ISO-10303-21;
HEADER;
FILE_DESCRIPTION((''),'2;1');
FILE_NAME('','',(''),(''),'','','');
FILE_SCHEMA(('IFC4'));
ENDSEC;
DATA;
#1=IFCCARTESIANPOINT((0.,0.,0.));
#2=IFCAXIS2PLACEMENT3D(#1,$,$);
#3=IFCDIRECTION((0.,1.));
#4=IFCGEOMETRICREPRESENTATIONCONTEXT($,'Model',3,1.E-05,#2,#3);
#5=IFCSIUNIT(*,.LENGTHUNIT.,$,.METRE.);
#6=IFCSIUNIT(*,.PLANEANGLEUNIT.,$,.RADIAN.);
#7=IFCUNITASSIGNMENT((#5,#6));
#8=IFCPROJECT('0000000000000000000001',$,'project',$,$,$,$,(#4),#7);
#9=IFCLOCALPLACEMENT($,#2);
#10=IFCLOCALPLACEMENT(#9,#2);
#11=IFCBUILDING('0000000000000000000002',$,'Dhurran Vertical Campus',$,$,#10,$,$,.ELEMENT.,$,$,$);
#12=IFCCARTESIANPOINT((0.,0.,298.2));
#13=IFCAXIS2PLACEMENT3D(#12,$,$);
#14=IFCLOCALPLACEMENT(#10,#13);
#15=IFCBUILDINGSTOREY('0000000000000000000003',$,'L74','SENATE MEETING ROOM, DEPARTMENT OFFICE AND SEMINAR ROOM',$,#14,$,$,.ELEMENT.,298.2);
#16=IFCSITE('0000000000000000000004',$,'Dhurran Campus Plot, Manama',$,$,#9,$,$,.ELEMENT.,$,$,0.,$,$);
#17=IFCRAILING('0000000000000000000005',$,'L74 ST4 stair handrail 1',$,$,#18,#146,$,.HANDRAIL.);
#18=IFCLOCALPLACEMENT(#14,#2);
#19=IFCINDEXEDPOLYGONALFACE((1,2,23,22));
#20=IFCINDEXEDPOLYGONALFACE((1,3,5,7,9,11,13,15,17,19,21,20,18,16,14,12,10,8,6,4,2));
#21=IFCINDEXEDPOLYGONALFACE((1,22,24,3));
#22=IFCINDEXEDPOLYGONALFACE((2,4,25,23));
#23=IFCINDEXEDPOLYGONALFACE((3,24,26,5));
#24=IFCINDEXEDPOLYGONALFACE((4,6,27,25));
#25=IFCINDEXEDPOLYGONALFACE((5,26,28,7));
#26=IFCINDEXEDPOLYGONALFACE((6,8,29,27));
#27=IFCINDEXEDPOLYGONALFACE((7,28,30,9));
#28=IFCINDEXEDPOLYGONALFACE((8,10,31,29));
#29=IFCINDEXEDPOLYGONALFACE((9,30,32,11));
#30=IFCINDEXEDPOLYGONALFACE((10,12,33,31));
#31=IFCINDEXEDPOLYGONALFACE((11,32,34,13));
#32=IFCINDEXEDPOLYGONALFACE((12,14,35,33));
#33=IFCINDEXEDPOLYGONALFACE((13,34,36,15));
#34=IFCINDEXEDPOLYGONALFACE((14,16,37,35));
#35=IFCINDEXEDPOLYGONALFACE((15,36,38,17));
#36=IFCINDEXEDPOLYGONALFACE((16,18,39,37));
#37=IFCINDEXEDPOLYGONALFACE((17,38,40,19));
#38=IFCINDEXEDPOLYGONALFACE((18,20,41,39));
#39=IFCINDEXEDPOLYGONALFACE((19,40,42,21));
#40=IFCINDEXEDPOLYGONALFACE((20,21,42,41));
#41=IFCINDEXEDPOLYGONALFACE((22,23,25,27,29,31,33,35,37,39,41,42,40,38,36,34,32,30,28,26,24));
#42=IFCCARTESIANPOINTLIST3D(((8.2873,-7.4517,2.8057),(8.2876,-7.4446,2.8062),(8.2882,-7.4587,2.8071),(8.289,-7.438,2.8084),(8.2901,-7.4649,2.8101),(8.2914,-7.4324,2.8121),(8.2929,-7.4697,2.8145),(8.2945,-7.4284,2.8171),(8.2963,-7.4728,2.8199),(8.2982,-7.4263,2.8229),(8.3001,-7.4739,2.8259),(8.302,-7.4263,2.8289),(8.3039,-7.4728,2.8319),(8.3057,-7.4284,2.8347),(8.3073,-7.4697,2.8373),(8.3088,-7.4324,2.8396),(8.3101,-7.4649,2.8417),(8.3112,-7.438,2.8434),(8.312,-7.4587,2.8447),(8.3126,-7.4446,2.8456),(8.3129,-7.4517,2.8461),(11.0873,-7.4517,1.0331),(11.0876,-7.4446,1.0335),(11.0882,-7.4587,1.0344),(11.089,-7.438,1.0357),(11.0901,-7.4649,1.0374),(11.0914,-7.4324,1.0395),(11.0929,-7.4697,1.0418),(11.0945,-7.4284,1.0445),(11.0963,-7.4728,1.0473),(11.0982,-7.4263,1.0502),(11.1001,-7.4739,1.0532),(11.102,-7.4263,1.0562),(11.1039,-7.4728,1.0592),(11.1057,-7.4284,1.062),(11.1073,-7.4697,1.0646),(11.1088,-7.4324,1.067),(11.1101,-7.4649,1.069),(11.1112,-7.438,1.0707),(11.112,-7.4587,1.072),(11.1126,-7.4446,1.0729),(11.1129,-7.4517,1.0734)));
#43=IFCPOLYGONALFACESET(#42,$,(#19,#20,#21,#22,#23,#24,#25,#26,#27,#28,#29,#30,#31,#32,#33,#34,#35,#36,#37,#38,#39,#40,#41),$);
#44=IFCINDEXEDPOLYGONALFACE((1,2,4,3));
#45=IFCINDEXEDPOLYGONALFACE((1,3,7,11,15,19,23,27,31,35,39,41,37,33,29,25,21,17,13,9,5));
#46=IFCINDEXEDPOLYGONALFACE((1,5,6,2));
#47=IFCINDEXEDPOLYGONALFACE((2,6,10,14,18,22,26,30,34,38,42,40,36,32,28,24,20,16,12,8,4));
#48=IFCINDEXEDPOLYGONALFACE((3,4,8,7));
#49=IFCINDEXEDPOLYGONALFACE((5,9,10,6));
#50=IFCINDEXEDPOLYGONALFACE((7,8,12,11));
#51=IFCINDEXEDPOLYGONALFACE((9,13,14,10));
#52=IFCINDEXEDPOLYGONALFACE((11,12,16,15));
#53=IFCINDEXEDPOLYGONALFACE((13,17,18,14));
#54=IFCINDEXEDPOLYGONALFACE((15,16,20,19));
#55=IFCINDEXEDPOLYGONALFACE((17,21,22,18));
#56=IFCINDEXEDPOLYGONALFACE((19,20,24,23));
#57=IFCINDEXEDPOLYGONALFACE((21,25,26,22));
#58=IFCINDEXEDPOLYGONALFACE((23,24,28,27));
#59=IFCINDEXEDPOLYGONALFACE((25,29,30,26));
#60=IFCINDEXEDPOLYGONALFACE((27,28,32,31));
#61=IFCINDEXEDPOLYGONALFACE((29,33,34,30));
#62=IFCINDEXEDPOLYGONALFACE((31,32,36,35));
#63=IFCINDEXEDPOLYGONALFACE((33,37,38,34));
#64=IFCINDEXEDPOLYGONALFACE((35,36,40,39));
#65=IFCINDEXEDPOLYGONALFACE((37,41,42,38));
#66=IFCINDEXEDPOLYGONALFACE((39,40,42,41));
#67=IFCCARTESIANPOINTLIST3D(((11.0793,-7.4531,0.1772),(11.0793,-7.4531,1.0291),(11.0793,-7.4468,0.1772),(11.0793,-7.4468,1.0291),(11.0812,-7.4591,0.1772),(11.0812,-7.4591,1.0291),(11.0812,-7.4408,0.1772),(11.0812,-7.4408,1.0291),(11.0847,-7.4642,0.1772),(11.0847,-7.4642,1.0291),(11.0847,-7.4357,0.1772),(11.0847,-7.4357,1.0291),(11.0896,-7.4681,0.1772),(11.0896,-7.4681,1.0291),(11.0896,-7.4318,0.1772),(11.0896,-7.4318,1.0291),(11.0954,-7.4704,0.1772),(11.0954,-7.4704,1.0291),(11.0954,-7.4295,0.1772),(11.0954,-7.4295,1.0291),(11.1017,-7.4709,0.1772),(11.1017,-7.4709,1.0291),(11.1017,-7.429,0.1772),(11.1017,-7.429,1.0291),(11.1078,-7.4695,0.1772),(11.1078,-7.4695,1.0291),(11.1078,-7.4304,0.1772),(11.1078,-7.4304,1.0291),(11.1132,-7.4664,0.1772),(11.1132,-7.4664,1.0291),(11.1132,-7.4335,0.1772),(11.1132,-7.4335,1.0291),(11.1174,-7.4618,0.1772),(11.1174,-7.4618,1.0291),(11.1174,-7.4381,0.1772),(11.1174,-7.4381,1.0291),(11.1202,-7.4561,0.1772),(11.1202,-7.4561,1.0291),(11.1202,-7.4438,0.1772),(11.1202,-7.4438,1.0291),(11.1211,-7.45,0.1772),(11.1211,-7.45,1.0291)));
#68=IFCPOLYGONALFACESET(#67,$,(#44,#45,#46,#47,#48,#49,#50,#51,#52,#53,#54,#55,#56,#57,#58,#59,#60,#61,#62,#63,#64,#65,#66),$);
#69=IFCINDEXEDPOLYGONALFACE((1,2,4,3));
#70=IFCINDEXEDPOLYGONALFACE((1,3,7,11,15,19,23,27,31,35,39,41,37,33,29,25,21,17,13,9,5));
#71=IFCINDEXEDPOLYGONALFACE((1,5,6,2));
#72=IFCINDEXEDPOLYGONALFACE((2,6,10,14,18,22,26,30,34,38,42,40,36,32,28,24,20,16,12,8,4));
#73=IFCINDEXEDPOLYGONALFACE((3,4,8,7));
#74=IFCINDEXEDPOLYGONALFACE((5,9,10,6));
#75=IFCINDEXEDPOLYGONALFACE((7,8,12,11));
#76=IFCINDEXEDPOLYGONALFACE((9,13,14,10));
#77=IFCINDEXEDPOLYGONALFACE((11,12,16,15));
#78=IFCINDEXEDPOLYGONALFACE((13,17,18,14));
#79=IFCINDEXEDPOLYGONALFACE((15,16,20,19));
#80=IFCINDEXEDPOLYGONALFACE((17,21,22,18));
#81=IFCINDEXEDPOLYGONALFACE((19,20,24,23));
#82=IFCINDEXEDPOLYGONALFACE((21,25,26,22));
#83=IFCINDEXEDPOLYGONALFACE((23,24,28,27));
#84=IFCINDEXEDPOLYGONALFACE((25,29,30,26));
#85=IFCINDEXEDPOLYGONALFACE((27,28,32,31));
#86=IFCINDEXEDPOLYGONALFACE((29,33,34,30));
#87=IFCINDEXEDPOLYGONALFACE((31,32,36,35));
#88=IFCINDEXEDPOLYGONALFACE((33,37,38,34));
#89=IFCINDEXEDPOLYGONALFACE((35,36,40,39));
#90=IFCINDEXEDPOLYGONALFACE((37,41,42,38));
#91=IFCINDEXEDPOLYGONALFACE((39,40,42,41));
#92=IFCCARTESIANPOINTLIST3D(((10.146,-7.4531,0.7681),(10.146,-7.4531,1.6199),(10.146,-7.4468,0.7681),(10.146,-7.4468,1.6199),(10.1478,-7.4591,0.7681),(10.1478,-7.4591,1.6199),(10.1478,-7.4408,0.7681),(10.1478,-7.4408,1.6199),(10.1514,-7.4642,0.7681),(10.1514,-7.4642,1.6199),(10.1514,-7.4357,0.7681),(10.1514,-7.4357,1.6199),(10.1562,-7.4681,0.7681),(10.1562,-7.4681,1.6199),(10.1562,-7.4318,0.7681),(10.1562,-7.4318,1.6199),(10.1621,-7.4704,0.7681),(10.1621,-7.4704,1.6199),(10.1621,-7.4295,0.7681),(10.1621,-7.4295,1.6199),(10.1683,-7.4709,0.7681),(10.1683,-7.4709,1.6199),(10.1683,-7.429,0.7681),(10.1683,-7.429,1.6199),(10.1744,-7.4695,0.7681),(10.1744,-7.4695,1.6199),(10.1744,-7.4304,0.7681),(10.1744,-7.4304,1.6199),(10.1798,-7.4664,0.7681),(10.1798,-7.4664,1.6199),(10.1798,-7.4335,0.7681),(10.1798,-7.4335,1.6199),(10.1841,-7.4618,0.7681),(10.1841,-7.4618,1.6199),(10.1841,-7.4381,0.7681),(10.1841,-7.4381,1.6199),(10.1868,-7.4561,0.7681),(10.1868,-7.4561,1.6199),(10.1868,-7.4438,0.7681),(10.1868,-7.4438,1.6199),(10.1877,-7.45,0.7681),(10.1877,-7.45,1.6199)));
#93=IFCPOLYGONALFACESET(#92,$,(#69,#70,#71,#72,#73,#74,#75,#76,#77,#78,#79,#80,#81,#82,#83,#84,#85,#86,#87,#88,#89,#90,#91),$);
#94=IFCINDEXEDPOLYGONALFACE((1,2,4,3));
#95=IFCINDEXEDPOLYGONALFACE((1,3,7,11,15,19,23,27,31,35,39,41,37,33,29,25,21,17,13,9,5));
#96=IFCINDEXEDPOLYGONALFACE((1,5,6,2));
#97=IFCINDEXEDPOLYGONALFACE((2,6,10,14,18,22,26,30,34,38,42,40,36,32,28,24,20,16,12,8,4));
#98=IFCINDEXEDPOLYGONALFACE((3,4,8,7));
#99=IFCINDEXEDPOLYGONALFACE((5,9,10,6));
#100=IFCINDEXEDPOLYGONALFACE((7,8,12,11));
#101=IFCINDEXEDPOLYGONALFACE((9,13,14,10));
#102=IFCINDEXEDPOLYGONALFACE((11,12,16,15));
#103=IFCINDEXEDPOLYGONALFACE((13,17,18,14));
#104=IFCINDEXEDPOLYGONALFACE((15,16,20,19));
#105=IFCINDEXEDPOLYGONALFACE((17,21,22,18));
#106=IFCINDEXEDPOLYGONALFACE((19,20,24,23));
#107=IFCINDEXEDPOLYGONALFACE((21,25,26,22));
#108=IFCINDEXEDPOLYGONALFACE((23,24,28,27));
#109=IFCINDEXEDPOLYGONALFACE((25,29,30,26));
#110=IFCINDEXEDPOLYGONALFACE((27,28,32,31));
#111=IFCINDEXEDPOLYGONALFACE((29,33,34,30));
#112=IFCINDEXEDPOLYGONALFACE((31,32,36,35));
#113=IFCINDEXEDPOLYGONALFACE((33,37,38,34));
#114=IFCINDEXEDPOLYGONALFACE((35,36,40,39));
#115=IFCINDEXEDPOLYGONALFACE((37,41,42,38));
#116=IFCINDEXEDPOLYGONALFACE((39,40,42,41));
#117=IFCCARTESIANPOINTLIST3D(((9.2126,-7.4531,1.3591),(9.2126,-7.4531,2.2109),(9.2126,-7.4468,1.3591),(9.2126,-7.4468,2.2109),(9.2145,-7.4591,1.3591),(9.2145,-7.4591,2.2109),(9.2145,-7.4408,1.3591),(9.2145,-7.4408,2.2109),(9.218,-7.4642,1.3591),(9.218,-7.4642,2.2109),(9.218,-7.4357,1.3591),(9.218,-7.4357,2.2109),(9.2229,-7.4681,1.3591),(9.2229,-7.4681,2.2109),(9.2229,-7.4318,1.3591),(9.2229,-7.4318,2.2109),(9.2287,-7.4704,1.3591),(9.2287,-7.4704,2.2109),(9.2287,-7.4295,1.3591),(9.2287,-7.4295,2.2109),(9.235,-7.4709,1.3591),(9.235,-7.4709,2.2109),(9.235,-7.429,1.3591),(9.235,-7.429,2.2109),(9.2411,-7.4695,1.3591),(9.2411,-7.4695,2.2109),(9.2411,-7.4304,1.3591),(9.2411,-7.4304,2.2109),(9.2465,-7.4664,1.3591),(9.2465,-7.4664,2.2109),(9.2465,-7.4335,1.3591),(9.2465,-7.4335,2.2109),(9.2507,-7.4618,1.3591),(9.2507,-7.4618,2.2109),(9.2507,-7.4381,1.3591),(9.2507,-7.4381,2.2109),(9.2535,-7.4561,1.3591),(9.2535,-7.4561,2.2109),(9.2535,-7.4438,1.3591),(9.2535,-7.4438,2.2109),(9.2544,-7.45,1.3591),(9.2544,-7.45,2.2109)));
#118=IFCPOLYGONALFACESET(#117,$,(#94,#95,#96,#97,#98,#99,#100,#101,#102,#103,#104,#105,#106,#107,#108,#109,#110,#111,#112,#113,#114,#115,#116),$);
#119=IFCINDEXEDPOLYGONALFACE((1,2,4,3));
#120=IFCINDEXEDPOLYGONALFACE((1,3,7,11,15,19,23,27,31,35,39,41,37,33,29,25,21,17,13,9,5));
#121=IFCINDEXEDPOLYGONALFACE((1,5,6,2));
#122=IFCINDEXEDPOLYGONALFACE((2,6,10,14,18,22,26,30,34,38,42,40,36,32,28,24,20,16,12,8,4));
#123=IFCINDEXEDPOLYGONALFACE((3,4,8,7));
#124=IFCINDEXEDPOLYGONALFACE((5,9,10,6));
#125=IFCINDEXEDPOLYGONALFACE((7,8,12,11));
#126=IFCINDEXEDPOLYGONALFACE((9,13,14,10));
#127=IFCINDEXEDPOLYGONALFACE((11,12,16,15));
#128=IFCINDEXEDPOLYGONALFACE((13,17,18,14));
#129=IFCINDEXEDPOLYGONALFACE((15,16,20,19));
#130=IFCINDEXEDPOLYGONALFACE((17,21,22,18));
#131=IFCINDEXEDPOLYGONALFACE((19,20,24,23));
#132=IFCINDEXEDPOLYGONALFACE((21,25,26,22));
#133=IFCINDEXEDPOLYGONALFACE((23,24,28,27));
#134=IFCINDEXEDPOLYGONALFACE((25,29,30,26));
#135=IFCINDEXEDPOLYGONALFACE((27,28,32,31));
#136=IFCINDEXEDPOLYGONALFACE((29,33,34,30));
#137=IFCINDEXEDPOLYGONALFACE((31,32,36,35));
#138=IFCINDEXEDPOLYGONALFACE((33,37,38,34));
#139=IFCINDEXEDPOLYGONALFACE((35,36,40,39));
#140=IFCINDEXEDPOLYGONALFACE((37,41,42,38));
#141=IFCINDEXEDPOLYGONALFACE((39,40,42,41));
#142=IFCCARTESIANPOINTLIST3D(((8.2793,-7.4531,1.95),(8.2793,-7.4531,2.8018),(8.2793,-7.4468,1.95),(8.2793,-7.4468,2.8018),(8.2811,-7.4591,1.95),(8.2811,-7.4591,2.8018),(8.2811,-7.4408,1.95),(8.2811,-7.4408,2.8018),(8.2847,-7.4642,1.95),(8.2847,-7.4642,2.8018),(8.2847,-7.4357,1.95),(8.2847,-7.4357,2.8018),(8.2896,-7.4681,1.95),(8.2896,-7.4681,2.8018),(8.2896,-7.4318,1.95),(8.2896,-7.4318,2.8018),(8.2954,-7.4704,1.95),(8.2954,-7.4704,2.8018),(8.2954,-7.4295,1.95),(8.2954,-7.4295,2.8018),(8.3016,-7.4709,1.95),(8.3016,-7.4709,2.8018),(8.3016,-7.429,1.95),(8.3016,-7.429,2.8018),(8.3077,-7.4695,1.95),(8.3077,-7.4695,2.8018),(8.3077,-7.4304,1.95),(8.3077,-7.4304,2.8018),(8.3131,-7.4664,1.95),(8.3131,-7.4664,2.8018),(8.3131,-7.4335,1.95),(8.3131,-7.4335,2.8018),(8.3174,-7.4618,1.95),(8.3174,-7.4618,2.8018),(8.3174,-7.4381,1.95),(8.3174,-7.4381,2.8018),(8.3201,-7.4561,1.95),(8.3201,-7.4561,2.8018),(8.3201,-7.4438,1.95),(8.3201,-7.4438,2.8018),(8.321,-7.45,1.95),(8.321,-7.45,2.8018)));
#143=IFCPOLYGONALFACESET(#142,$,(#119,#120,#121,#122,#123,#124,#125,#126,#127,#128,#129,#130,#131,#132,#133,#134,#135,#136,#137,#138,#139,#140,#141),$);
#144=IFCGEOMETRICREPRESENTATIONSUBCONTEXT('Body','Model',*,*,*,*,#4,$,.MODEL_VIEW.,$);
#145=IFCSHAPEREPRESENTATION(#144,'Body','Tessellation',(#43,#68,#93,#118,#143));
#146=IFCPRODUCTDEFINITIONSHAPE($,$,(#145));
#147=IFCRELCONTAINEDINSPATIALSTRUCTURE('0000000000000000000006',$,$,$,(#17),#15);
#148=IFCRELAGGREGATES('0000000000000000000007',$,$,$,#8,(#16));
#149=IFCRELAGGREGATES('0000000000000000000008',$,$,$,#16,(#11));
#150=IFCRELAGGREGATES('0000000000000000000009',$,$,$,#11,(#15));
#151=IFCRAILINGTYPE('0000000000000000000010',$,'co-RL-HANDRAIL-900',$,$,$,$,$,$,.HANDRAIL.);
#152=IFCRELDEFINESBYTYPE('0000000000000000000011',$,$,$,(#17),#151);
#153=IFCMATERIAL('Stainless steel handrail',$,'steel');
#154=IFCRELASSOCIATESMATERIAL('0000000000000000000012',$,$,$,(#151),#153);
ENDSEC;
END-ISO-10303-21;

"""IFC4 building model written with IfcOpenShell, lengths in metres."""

from ifc_helpers import new_model, si_unit, direction, frame, origin, origin_2d, place, context, subcontext, project, spatial, circle, extrude, material, type_object, element, save


model = new_model("IFC4")

# Units and contexts
model_context = context("Model", 3, precision=1e-05, world=origin(), true_north=direction((0.0, 1.0)))
body_context = subcontext(model_context, "Body", "Model", "MODEL_VIEW")
ifc_project = project(units=[si_unit("LENGTHUNIT", "METRE"), si_unit("PLANEANGLEUNIT", "RADIAN")], contexts=[model_context])

# Site, building, storey
site_placement = place(None, origin())
site = spatial("IfcSite", under=ifc_project, at=site_placement, Name="Dhurran Campus Plot, Manama", CompositionType="ELEMENT", RefElevation=0.0)
building_placement = place(site_placement, origin())
building = spatial("IfcBuilding", under=site, at=building_placement, Name="Dhurran Vertical Campus", CompositionType="ELEMENT")
storey_placement = place(building_placement, frame((0.0, 0.0, 298.2)))
storey = spatial("IfcBuildingStorey", under=building, at=storey_placement, Name="L74", Description="SENATE MEETING ROOM, DEPARTMENT OFFICE AND SEMINAR ROOM", CompositionType="ELEMENT", Elevation=298.2)

# Railing
ifc_material_1 = material(Name="Stainless steel handrail", Category="steel")
railing_type_1 = type_object("IfcRailingType", Name="co-RL-HANDRAIL-900", PredefinedType="HANDRAIL", material=ifc_material_1)
railing_1_placement = place(storey_placement, frame((11.1001, -7.45, 0.1772)))
element("IfcRailing", 1, at=railing_1_placement, inside=storey, type_object=railing_type_1, Name="L74 ST4 stair handrail 1", PredefinedType="HANDRAIL", context=body_context, shape_type="SweptSolid", body=[
    extrude(circle(Radius=0.0239, at=origin_2d()), frame((0.0, 0.0, 0.876), z_axis=(-0.844909, 0.0, 0.53491), x_axis=(0.0, -1.0, 0.0)), (0.0, 0.0, 1.0), 3.314),
    extrude(circle(Radius=0.021, at=origin_2d()), origin(), (0.0, 0.0, 1.0), 0.8518),
    extrude(circle(Radius=0.021, at=origin_2d()), frame((-0.9333, 0.0, 0.5908)), (0.0, 0.0, 1.0), 0.8518),
    extrude(circle(Radius=0.021, at=origin_2d()), frame((-1.8667, 0.0, 1.1819)), (0.0, 0.0, 1.0), 0.8518),
    extrude(circle(Radius=0.021, at=origin_2d()), frame((-2.8, 0.0, 1.7727)), (0.0, 0.0, 1.0), 0.8518),
])

save(model, "model.ifc")
